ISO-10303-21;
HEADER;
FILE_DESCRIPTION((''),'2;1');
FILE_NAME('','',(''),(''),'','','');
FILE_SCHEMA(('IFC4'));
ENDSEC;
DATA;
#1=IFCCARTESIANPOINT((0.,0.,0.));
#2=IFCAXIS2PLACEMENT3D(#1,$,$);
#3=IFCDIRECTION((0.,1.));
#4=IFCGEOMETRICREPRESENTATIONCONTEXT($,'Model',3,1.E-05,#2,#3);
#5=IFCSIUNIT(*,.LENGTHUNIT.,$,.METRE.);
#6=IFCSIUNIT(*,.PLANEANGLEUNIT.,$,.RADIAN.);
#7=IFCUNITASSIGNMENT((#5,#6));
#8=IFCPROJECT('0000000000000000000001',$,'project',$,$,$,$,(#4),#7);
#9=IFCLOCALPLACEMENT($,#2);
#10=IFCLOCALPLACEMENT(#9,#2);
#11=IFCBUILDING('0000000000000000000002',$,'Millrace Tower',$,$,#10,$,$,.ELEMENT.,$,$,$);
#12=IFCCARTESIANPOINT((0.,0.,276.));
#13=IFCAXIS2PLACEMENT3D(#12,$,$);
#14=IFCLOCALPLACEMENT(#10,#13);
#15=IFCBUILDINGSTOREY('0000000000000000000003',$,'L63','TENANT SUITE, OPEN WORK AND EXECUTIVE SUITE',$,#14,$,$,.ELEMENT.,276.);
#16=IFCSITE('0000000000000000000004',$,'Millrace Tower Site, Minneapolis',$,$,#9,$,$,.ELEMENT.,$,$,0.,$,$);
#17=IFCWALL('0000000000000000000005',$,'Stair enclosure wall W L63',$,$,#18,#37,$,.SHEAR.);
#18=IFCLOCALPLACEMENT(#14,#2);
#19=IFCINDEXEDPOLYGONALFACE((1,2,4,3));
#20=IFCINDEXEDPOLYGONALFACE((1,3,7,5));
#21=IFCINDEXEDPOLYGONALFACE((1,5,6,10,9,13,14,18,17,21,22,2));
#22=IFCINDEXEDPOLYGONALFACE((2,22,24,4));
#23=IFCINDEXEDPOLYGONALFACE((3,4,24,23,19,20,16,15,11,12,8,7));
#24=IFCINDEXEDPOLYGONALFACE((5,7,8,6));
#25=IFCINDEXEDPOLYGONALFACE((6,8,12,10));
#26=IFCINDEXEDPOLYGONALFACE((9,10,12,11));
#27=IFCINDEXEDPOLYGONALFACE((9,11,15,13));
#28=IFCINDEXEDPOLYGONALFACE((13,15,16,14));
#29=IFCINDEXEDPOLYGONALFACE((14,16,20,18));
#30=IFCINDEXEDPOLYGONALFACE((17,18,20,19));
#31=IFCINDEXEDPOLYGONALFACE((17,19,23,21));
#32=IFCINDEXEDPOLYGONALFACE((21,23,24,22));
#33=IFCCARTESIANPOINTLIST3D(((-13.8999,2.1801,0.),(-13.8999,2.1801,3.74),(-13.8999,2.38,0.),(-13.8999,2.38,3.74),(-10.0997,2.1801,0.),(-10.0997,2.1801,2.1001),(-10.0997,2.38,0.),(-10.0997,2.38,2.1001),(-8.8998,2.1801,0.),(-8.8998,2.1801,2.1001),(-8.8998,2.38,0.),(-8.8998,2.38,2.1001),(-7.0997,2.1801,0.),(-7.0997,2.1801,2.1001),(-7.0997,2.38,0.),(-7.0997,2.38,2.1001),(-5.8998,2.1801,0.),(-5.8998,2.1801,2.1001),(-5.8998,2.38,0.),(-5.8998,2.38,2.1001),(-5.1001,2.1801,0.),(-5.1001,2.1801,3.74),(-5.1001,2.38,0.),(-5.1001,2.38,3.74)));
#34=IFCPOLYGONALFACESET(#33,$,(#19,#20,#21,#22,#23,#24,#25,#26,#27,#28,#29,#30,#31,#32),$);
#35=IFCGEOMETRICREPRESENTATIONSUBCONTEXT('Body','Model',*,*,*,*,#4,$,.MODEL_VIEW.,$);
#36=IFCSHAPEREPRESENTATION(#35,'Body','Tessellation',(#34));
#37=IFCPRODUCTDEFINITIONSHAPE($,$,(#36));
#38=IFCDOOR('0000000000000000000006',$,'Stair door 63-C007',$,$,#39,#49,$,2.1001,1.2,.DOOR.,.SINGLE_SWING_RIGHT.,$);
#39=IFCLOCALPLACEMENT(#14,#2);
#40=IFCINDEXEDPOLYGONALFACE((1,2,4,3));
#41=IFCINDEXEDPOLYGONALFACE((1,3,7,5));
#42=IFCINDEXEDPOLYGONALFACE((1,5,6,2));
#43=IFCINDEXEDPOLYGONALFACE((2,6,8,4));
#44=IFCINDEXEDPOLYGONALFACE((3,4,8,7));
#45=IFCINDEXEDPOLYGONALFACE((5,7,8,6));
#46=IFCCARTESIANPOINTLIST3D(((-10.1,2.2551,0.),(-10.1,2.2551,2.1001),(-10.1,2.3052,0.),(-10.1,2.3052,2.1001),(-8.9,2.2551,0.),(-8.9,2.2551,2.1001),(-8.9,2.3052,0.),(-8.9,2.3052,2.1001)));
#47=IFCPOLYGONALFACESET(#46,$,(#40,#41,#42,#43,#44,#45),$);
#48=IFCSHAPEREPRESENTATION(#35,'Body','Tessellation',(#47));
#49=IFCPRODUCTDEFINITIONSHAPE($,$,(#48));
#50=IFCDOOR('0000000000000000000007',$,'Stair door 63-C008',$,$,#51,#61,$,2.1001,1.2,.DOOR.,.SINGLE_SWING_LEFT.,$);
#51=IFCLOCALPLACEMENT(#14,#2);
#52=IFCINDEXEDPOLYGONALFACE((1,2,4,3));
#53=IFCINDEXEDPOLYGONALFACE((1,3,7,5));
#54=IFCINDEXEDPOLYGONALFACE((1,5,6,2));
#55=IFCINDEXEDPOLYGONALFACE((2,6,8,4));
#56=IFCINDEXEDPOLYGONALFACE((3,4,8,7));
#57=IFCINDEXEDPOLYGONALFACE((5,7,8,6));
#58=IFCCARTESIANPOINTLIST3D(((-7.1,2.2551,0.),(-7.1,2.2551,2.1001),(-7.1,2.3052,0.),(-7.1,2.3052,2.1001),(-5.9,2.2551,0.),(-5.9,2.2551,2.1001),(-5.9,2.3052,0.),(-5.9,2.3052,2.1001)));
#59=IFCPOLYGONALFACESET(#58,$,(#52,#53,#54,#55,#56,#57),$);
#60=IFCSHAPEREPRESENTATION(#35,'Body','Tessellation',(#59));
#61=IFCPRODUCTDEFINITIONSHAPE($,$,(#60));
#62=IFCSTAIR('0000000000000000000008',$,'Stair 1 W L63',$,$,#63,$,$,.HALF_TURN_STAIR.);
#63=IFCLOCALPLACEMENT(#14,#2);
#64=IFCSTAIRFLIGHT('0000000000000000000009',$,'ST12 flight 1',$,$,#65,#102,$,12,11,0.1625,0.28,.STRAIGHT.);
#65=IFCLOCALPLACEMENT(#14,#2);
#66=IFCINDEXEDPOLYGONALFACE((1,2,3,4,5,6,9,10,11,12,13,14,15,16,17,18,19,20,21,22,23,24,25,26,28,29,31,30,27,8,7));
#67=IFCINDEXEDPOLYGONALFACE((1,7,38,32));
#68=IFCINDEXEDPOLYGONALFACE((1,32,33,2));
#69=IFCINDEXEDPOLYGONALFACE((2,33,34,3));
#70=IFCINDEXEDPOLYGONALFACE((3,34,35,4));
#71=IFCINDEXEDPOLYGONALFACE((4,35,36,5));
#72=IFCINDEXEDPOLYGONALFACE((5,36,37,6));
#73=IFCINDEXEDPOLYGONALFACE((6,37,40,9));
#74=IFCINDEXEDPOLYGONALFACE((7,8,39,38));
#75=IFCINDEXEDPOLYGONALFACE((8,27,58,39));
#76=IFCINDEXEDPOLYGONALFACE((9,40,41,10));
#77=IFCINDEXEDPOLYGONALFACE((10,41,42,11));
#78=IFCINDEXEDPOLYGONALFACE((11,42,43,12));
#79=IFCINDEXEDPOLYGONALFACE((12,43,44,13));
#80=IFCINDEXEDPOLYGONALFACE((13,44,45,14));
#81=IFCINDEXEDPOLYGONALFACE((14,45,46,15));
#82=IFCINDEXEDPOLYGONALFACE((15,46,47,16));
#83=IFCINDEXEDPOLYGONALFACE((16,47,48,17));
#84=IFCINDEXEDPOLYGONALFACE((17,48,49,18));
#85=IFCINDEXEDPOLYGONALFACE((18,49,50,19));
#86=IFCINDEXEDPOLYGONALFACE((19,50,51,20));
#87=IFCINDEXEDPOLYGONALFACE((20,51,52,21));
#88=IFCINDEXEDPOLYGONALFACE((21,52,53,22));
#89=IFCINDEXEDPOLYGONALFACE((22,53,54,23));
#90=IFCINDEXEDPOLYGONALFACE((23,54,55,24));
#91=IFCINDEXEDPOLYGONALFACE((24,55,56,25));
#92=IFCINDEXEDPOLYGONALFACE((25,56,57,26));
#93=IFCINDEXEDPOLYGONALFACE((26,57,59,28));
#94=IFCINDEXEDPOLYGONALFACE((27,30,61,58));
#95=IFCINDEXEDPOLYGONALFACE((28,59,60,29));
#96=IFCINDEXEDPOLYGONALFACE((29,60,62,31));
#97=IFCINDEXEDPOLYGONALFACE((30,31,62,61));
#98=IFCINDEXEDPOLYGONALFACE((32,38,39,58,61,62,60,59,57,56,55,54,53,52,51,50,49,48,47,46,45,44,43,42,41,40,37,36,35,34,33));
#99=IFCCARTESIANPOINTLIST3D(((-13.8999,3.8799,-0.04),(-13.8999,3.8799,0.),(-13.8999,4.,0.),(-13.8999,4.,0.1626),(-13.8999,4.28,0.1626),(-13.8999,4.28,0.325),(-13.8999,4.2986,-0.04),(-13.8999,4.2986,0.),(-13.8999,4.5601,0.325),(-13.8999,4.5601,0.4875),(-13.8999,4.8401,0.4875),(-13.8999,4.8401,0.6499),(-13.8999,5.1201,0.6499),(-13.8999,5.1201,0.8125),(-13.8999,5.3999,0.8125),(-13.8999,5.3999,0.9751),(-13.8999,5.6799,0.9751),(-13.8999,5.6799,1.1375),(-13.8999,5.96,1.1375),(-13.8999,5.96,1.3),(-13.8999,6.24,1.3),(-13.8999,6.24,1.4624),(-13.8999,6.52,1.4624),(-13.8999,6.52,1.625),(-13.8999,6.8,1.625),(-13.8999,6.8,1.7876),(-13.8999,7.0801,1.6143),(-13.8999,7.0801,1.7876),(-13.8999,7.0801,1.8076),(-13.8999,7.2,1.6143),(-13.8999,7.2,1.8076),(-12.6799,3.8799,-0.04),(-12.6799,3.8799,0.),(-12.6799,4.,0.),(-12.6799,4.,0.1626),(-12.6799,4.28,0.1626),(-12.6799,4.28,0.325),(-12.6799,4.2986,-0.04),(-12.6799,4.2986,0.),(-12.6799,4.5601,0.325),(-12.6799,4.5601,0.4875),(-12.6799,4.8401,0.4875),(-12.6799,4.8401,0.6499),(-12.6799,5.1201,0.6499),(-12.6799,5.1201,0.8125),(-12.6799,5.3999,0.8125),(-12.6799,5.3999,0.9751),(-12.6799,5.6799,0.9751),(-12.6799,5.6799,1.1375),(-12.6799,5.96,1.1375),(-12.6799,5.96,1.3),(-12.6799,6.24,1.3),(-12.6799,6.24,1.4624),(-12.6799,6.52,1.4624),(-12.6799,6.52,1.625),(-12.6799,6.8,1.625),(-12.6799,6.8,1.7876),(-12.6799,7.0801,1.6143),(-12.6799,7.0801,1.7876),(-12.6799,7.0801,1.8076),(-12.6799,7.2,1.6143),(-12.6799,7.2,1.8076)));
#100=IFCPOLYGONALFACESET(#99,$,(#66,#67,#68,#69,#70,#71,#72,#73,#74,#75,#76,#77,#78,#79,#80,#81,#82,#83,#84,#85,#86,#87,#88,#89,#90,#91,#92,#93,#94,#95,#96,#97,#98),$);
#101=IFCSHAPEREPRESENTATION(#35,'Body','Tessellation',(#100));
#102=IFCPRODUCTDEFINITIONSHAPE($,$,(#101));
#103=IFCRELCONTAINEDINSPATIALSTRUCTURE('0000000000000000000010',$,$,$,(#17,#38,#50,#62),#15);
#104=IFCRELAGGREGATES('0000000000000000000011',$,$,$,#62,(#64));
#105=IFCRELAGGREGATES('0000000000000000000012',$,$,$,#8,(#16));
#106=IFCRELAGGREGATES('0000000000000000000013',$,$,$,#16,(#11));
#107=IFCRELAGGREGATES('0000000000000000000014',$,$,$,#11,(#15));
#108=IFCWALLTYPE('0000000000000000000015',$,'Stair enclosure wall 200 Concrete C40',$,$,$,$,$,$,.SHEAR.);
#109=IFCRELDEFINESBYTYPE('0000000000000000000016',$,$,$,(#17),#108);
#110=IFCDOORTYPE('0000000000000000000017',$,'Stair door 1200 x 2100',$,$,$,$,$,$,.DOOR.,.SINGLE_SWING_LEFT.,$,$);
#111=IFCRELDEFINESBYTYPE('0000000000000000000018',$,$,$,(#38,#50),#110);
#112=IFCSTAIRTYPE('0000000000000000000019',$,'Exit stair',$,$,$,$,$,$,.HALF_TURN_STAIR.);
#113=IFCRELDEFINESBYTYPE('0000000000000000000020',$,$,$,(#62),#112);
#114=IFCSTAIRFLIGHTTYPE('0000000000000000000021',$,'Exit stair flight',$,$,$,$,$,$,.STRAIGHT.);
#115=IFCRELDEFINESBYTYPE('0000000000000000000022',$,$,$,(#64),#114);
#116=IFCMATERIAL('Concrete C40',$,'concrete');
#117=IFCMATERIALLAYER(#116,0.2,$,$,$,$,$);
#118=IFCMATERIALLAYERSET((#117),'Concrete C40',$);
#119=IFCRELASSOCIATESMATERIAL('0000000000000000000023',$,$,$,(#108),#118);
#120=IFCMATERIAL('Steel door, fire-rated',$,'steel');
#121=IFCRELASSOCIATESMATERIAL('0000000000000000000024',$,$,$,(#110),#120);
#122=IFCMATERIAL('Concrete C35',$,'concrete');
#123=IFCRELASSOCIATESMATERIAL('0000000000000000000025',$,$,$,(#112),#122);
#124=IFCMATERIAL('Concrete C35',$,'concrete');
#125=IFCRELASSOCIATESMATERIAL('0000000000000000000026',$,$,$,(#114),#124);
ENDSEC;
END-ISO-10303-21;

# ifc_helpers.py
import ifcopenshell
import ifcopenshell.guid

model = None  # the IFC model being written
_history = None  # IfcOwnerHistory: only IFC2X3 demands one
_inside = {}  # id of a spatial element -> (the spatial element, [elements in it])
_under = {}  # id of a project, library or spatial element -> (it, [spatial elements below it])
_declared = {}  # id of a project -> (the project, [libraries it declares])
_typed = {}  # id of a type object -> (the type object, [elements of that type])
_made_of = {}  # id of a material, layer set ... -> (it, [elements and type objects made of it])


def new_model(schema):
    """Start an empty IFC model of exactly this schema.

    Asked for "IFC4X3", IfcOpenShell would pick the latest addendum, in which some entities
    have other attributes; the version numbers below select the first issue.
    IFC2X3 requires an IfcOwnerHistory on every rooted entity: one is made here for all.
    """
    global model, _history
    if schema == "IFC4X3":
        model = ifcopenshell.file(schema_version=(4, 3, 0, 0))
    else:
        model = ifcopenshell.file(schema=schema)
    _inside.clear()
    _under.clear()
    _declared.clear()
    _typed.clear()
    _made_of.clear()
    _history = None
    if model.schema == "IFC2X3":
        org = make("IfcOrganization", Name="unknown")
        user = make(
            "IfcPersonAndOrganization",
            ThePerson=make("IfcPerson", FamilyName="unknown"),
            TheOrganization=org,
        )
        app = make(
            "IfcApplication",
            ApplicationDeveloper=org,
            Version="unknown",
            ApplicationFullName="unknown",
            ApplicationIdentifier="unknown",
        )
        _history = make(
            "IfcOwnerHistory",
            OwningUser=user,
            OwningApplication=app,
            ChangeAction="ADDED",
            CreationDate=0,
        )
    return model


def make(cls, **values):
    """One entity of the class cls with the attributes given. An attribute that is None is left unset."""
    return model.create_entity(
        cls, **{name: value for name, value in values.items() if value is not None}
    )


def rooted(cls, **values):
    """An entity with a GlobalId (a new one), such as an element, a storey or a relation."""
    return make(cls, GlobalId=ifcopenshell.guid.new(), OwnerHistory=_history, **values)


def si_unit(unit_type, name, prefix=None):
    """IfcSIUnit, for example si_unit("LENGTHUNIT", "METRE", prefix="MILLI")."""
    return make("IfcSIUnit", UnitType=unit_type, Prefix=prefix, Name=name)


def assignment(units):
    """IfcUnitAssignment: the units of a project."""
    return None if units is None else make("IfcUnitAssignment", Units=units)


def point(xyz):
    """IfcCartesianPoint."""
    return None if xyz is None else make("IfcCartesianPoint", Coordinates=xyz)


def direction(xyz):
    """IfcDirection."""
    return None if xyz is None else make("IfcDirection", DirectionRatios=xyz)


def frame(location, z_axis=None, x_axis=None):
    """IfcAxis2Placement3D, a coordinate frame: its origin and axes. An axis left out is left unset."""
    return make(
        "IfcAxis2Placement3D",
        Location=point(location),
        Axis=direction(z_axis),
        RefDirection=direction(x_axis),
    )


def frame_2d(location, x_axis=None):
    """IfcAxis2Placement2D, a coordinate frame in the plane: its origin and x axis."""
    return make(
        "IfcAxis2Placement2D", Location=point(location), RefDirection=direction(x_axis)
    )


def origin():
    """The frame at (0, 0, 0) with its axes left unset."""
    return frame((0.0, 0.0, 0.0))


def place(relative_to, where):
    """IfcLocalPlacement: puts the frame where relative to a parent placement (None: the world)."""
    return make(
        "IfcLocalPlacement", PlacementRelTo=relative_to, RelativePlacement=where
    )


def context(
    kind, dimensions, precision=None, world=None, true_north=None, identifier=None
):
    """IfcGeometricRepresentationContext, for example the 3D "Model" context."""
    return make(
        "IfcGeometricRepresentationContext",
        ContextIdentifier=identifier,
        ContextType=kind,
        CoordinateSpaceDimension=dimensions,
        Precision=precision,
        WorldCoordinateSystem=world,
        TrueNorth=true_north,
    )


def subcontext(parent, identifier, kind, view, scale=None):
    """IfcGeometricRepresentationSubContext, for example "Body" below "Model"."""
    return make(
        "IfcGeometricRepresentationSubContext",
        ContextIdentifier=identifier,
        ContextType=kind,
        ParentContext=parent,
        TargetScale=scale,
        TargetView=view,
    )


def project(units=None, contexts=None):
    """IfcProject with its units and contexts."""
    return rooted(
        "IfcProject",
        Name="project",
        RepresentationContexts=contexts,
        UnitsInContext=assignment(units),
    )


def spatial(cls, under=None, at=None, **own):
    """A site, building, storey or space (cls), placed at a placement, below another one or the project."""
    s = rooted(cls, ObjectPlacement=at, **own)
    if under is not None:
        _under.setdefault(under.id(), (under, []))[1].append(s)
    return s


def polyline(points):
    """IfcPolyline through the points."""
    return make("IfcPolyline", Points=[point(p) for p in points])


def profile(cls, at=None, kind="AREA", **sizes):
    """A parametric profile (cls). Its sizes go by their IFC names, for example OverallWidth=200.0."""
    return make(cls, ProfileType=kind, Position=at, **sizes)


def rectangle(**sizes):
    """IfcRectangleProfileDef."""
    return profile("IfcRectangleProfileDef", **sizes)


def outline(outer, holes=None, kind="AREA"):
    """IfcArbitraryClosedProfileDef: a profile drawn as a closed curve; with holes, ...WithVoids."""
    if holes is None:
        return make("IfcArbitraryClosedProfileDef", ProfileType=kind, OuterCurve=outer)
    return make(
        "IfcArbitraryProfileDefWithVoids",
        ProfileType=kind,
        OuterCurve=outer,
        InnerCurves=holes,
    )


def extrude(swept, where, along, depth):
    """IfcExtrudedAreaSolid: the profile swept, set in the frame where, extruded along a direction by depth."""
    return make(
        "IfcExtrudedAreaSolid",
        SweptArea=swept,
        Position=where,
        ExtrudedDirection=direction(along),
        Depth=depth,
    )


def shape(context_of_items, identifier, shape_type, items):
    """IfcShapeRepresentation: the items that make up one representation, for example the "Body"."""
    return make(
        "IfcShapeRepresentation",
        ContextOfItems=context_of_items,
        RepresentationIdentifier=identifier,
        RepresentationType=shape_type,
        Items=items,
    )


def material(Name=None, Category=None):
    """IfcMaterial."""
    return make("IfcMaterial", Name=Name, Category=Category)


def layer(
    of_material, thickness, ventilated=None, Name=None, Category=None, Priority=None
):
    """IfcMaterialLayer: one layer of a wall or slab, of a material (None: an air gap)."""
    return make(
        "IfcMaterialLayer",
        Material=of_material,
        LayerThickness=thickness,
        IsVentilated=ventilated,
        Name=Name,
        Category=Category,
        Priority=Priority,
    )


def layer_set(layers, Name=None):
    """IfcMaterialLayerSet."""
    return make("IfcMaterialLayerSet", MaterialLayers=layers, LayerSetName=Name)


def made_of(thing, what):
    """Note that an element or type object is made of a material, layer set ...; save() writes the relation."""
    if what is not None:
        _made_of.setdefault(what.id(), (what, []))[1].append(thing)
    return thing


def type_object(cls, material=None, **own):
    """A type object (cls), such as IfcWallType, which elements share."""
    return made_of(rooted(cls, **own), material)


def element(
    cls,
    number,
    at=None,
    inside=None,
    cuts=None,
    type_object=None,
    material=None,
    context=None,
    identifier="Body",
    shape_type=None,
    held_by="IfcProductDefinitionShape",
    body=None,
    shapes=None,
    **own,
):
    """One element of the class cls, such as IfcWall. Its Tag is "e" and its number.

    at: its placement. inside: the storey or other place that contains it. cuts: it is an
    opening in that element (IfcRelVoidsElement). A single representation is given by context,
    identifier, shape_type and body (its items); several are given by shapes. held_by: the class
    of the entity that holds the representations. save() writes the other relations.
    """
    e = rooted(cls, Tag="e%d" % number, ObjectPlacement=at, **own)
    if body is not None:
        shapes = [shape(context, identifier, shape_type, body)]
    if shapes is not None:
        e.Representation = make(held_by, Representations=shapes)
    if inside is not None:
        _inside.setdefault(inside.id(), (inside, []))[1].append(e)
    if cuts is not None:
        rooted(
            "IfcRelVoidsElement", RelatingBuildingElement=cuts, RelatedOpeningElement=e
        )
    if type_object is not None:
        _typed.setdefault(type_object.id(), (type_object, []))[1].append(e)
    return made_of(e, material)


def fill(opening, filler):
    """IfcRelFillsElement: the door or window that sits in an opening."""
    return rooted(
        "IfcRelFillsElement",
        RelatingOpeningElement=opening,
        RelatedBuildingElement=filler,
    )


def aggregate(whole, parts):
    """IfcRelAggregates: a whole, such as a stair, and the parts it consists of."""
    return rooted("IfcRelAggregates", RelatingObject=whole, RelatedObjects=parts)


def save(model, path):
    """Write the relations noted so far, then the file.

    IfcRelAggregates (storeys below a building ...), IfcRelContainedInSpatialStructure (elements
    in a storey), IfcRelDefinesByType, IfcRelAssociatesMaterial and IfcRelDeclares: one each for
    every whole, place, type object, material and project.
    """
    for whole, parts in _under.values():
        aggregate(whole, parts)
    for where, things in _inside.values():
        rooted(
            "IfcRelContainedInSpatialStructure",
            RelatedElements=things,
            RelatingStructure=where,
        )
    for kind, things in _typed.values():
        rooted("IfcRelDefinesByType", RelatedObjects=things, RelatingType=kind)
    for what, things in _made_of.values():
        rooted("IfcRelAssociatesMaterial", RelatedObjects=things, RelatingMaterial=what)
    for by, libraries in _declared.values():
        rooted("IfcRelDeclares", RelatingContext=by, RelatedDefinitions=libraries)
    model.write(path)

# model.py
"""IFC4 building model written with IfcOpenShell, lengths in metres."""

from ifc_helpers import new_model, si_unit, direction, frame, frame_2d, origin, place, context, subcontext, project, spatial, polyline, rectangle, outline, extrude, material, layer, layer_set, type_object, element, fill, aggregate, save


model = new_model("IFC4")

# Units and contexts
model_context = context("Model", 3, precision=1e-05, world=origin(), true_north=direction((0.0, 1.0)))
body_context = subcontext(model_context, "Body", "Model", "MODEL_VIEW")
ifc_project = project(units=[si_unit("LENGTHUNIT", "METRE"), si_unit("PLANEANGLEUNIT", "RADIAN")], contexts=[model_context])

# Site, building, storey
site_placement = place(None, origin())
site = spatial("IfcSite", under=ifc_project, at=site_placement, Name="Millrace Tower Site, Minneapolis", CompositionType="ELEMENT", RefElevation=0.0)
building_placement = place(site_placement, origin())
building = spatial("IfcBuilding", under=site, at=building_placement, Name="Millrace Tower", CompositionType="ELEMENT")
storey_placement = place(building_placement, frame((0.0, 0.0, 276.0)))
storey = spatial("IfcBuildingStorey", under=building, at=storey_placement, Name="L63", Description="TENANT SUITE, OPEN WORK AND EXECUTIVE SUITE", CompositionType="ELEMENT", Elevation=276.0)

# Shared definitions
placement = place(storey_placement, origin())

# Shared definitions
ifc_material_1 = material(Name="Concrete C40", Category="concrete")
ifc_layer_1 = layer(ifc_material_1, 0.2)
ifc_layer_set_1 = layer_set([ifc_layer_1], Name="Concrete C40")
wall_type_1 = type_object("IfcWallType", Name="Stair enclosure wall 200 Concrete C40", PredefinedType="SHEAR", material=ifc_layer_set_1)

# Wall, openings, doors
wall_1_placement = place(storey_placement, frame((-13.8999, 2.28, 0.0), z_axis=(0.0, 0.0, 1.0), x_axis=(1.0, 0.0, 0.0)))
wall_1 = element("IfcWall", 1, at=wall_1_placement, inside=storey, type_object=wall_type_1, Name="Stair enclosure wall W L63", PredefinedType="SHEAR", context=body_context, shape_type="SweptSolid", body=[
    extrude(rectangle(XDim=8.7998, YDim=0.2, at=frame_2d((4.3999, 0.0))), origin(), (0.0, 0.0, 1.0), 3.74),
])
opening_1_placement = place(wall_1_placement, frame((3.8, 0.0, 0.0)))
opening_1 = element("IfcOpeningElement", 2, at=opening_1_placement, cuts=wall_1, PredefinedType="OPENING", context=body_context, shape_type="SweptSolid", body=[
    extrude(rectangle(XDim=1.2, YDim=2.1001, at=frame_2d((0.6001, 1.05))), frame((0.0, 0.1099, 0.0), z_axis=(0.0, -1.0, 0.0), x_axis=(1.0, 0.0, 0.0)), (0.0, 0.0, 1.0), 0.22),
])
opening_2_placement = place(wall_1_placement, frame((6.8, 0.0, 0.0)))
opening_2 = element("IfcOpeningElement", 3, at=opening_2_placement, cuts=wall_1, PredefinedType="OPENING", context=body_context, shape_type="SweptSolid", body=[
    extrude(rectangle(XDim=1.2, YDim=2.1001, at=frame_2d((0.6001, 1.05))), frame((0.0, 0.1099, 0.0), z_axis=(0.0, -1.0, 0.0), x_axis=(1.0, 0.0, 0.0)), (0.0, 0.0, 1.0), 0.22),
])
ifc_material_2 = material(Name="Steel door, fire-rated", Category="steel")
door_type_1 = type_object("IfcDoorType", Name="Stair door 1200 x 2100", OperationType="SINGLE_SWING_LEFT", PredefinedType="DOOR", material=ifc_material_2)
door_1_placement = place(opening_1_placement, frame((1.2, 0.0, 0.0), z_axis=(0.0, 0.0, 1.0), x_axis=(-1.0, 0.0, 0.0)))
door_1 = element("IfcDoor", 4, at=door_1_placement, inside=storey, type_object=door_type_1, Name="Stair door 63-C007", OperationType="SINGLE_SWING_RIGHT", OverallHeight=2.1001, OverallWidth=1.2, PredefinedType="DOOR", context=body_context, shape_type="SweptSolid", body=[
    extrude(rectangle(XDim=1.2, YDim=2.1001, at=frame_2d((0.6001, 1.05))), frame((0.0, 0.0249, 0.0), z_axis=(0.0, -1.0, 0.0), x_axis=(1.0, 0.0, 0.0)), (0.0, 0.0, 1.0), 0.05),
])
fill(opening_1, door_1)
door_2_placement = place(opening_2_placement, frame((1.2, 0.0, 0.0), z_axis=(0.0, 0.0, 1.0), x_axis=(-1.0, 0.0, 0.0)))
door_2 = element("IfcDoor", 5, at=door_2_placement, inside=storey, type_object=door_type_1, Name="Stair door 63-C008", OperationType="SINGLE_SWING_LEFT", OverallHeight=2.1001, OverallWidth=1.2, PredefinedType="DOOR", context=body_context, shape_type="SweptSolid", body=[
    extrude(rectangle(XDim=1.2, YDim=2.1001, at=frame_2d((0.6001, 1.05))), frame((0.0, 0.0249, 0.0), z_axis=(0.0, -1.0, 0.0), x_axis=(1.0, 0.0, 0.0)), (0.0, 0.0, 1.0), 0.05),
])
fill(opening_2, door_2)

# Stair, stair flight
ifc_material_3 = material(Name="Concrete C35", Category="concrete")
stair_type = type_object("IfcStairType", Name="Exit stair", PredefinedType="HALF_TURN_STAIR", material=ifc_material_3)
stair = element("IfcStair", 6, at=placement, inside=storey, type_object=stair_type, Name="Stair 1 W L63", PredefinedType="HALF_TURN_STAIR")
ifc_material_4 = material(Name="Concrete C35", Category="concrete")
stair_flight_type = type_object("IfcStairFlightType", Name="Exit stair flight", PredefinedType="STRAIGHT", material=ifc_material_4)
stair_flight_placement = place(storey_placement, frame((-13.29, 4.0, 0.0), z_axis=(0.0, 0.0, 1.0), x_axis=(0.0, 1.0, 0.0)))
stair_flight = element("IfcStairFlight", 7, at=stair_flight_placement, type_object=stair_flight_type, Name="ST12 flight 1", NumberOfRisers=12, NumberOfTreads=11, PredefinedType="STRAIGHT", RiserHeight=0.1625, TreadLength=0.28, context=body_context, shape_type="SweptSolid", body=[
    extrude(outline(polyline([(-0.1201, -0.04), (-0.1201, 0.0), (0.0, 0.0), (0.0, 0.1626), (0.28, 0.1626), (0.28, 0.325), (0.5601, 0.325), (0.5601, 0.4875), (0.8401, 0.4875), (0.8401, 0.6499), (1.1201, 0.6499), (1.1201, 0.8125), (1.3999, 0.8125), (1.3999, 0.9751), (1.6799, 0.9751), (1.6799, 1.1375), (1.96, 1.1375), (1.96, 1.3), (2.24, 1.3), (2.24, 1.4624), (2.52, 1.4624), (2.52, 1.625), (2.8, 1.625), (2.8, 1.7876), (3.0801, 1.7876), (3.0801, 1.8076), (3.2, 1.8076), (3.2, 1.6143), (3.0801, 1.6143), (0.2986, 0.0), (0.2986, -0.04), (-0.1201, -0.04)])), frame((0.0, 0.6099, 0.0), z_axis=(0.0, -1.0, 0.0), x_axis=(1.0, 0.0, 0.0)), (0.0, 0.0, 1.0), 1.22),
])
aggregate(stair, [stair_flight])

save(model, "model.ifc")
